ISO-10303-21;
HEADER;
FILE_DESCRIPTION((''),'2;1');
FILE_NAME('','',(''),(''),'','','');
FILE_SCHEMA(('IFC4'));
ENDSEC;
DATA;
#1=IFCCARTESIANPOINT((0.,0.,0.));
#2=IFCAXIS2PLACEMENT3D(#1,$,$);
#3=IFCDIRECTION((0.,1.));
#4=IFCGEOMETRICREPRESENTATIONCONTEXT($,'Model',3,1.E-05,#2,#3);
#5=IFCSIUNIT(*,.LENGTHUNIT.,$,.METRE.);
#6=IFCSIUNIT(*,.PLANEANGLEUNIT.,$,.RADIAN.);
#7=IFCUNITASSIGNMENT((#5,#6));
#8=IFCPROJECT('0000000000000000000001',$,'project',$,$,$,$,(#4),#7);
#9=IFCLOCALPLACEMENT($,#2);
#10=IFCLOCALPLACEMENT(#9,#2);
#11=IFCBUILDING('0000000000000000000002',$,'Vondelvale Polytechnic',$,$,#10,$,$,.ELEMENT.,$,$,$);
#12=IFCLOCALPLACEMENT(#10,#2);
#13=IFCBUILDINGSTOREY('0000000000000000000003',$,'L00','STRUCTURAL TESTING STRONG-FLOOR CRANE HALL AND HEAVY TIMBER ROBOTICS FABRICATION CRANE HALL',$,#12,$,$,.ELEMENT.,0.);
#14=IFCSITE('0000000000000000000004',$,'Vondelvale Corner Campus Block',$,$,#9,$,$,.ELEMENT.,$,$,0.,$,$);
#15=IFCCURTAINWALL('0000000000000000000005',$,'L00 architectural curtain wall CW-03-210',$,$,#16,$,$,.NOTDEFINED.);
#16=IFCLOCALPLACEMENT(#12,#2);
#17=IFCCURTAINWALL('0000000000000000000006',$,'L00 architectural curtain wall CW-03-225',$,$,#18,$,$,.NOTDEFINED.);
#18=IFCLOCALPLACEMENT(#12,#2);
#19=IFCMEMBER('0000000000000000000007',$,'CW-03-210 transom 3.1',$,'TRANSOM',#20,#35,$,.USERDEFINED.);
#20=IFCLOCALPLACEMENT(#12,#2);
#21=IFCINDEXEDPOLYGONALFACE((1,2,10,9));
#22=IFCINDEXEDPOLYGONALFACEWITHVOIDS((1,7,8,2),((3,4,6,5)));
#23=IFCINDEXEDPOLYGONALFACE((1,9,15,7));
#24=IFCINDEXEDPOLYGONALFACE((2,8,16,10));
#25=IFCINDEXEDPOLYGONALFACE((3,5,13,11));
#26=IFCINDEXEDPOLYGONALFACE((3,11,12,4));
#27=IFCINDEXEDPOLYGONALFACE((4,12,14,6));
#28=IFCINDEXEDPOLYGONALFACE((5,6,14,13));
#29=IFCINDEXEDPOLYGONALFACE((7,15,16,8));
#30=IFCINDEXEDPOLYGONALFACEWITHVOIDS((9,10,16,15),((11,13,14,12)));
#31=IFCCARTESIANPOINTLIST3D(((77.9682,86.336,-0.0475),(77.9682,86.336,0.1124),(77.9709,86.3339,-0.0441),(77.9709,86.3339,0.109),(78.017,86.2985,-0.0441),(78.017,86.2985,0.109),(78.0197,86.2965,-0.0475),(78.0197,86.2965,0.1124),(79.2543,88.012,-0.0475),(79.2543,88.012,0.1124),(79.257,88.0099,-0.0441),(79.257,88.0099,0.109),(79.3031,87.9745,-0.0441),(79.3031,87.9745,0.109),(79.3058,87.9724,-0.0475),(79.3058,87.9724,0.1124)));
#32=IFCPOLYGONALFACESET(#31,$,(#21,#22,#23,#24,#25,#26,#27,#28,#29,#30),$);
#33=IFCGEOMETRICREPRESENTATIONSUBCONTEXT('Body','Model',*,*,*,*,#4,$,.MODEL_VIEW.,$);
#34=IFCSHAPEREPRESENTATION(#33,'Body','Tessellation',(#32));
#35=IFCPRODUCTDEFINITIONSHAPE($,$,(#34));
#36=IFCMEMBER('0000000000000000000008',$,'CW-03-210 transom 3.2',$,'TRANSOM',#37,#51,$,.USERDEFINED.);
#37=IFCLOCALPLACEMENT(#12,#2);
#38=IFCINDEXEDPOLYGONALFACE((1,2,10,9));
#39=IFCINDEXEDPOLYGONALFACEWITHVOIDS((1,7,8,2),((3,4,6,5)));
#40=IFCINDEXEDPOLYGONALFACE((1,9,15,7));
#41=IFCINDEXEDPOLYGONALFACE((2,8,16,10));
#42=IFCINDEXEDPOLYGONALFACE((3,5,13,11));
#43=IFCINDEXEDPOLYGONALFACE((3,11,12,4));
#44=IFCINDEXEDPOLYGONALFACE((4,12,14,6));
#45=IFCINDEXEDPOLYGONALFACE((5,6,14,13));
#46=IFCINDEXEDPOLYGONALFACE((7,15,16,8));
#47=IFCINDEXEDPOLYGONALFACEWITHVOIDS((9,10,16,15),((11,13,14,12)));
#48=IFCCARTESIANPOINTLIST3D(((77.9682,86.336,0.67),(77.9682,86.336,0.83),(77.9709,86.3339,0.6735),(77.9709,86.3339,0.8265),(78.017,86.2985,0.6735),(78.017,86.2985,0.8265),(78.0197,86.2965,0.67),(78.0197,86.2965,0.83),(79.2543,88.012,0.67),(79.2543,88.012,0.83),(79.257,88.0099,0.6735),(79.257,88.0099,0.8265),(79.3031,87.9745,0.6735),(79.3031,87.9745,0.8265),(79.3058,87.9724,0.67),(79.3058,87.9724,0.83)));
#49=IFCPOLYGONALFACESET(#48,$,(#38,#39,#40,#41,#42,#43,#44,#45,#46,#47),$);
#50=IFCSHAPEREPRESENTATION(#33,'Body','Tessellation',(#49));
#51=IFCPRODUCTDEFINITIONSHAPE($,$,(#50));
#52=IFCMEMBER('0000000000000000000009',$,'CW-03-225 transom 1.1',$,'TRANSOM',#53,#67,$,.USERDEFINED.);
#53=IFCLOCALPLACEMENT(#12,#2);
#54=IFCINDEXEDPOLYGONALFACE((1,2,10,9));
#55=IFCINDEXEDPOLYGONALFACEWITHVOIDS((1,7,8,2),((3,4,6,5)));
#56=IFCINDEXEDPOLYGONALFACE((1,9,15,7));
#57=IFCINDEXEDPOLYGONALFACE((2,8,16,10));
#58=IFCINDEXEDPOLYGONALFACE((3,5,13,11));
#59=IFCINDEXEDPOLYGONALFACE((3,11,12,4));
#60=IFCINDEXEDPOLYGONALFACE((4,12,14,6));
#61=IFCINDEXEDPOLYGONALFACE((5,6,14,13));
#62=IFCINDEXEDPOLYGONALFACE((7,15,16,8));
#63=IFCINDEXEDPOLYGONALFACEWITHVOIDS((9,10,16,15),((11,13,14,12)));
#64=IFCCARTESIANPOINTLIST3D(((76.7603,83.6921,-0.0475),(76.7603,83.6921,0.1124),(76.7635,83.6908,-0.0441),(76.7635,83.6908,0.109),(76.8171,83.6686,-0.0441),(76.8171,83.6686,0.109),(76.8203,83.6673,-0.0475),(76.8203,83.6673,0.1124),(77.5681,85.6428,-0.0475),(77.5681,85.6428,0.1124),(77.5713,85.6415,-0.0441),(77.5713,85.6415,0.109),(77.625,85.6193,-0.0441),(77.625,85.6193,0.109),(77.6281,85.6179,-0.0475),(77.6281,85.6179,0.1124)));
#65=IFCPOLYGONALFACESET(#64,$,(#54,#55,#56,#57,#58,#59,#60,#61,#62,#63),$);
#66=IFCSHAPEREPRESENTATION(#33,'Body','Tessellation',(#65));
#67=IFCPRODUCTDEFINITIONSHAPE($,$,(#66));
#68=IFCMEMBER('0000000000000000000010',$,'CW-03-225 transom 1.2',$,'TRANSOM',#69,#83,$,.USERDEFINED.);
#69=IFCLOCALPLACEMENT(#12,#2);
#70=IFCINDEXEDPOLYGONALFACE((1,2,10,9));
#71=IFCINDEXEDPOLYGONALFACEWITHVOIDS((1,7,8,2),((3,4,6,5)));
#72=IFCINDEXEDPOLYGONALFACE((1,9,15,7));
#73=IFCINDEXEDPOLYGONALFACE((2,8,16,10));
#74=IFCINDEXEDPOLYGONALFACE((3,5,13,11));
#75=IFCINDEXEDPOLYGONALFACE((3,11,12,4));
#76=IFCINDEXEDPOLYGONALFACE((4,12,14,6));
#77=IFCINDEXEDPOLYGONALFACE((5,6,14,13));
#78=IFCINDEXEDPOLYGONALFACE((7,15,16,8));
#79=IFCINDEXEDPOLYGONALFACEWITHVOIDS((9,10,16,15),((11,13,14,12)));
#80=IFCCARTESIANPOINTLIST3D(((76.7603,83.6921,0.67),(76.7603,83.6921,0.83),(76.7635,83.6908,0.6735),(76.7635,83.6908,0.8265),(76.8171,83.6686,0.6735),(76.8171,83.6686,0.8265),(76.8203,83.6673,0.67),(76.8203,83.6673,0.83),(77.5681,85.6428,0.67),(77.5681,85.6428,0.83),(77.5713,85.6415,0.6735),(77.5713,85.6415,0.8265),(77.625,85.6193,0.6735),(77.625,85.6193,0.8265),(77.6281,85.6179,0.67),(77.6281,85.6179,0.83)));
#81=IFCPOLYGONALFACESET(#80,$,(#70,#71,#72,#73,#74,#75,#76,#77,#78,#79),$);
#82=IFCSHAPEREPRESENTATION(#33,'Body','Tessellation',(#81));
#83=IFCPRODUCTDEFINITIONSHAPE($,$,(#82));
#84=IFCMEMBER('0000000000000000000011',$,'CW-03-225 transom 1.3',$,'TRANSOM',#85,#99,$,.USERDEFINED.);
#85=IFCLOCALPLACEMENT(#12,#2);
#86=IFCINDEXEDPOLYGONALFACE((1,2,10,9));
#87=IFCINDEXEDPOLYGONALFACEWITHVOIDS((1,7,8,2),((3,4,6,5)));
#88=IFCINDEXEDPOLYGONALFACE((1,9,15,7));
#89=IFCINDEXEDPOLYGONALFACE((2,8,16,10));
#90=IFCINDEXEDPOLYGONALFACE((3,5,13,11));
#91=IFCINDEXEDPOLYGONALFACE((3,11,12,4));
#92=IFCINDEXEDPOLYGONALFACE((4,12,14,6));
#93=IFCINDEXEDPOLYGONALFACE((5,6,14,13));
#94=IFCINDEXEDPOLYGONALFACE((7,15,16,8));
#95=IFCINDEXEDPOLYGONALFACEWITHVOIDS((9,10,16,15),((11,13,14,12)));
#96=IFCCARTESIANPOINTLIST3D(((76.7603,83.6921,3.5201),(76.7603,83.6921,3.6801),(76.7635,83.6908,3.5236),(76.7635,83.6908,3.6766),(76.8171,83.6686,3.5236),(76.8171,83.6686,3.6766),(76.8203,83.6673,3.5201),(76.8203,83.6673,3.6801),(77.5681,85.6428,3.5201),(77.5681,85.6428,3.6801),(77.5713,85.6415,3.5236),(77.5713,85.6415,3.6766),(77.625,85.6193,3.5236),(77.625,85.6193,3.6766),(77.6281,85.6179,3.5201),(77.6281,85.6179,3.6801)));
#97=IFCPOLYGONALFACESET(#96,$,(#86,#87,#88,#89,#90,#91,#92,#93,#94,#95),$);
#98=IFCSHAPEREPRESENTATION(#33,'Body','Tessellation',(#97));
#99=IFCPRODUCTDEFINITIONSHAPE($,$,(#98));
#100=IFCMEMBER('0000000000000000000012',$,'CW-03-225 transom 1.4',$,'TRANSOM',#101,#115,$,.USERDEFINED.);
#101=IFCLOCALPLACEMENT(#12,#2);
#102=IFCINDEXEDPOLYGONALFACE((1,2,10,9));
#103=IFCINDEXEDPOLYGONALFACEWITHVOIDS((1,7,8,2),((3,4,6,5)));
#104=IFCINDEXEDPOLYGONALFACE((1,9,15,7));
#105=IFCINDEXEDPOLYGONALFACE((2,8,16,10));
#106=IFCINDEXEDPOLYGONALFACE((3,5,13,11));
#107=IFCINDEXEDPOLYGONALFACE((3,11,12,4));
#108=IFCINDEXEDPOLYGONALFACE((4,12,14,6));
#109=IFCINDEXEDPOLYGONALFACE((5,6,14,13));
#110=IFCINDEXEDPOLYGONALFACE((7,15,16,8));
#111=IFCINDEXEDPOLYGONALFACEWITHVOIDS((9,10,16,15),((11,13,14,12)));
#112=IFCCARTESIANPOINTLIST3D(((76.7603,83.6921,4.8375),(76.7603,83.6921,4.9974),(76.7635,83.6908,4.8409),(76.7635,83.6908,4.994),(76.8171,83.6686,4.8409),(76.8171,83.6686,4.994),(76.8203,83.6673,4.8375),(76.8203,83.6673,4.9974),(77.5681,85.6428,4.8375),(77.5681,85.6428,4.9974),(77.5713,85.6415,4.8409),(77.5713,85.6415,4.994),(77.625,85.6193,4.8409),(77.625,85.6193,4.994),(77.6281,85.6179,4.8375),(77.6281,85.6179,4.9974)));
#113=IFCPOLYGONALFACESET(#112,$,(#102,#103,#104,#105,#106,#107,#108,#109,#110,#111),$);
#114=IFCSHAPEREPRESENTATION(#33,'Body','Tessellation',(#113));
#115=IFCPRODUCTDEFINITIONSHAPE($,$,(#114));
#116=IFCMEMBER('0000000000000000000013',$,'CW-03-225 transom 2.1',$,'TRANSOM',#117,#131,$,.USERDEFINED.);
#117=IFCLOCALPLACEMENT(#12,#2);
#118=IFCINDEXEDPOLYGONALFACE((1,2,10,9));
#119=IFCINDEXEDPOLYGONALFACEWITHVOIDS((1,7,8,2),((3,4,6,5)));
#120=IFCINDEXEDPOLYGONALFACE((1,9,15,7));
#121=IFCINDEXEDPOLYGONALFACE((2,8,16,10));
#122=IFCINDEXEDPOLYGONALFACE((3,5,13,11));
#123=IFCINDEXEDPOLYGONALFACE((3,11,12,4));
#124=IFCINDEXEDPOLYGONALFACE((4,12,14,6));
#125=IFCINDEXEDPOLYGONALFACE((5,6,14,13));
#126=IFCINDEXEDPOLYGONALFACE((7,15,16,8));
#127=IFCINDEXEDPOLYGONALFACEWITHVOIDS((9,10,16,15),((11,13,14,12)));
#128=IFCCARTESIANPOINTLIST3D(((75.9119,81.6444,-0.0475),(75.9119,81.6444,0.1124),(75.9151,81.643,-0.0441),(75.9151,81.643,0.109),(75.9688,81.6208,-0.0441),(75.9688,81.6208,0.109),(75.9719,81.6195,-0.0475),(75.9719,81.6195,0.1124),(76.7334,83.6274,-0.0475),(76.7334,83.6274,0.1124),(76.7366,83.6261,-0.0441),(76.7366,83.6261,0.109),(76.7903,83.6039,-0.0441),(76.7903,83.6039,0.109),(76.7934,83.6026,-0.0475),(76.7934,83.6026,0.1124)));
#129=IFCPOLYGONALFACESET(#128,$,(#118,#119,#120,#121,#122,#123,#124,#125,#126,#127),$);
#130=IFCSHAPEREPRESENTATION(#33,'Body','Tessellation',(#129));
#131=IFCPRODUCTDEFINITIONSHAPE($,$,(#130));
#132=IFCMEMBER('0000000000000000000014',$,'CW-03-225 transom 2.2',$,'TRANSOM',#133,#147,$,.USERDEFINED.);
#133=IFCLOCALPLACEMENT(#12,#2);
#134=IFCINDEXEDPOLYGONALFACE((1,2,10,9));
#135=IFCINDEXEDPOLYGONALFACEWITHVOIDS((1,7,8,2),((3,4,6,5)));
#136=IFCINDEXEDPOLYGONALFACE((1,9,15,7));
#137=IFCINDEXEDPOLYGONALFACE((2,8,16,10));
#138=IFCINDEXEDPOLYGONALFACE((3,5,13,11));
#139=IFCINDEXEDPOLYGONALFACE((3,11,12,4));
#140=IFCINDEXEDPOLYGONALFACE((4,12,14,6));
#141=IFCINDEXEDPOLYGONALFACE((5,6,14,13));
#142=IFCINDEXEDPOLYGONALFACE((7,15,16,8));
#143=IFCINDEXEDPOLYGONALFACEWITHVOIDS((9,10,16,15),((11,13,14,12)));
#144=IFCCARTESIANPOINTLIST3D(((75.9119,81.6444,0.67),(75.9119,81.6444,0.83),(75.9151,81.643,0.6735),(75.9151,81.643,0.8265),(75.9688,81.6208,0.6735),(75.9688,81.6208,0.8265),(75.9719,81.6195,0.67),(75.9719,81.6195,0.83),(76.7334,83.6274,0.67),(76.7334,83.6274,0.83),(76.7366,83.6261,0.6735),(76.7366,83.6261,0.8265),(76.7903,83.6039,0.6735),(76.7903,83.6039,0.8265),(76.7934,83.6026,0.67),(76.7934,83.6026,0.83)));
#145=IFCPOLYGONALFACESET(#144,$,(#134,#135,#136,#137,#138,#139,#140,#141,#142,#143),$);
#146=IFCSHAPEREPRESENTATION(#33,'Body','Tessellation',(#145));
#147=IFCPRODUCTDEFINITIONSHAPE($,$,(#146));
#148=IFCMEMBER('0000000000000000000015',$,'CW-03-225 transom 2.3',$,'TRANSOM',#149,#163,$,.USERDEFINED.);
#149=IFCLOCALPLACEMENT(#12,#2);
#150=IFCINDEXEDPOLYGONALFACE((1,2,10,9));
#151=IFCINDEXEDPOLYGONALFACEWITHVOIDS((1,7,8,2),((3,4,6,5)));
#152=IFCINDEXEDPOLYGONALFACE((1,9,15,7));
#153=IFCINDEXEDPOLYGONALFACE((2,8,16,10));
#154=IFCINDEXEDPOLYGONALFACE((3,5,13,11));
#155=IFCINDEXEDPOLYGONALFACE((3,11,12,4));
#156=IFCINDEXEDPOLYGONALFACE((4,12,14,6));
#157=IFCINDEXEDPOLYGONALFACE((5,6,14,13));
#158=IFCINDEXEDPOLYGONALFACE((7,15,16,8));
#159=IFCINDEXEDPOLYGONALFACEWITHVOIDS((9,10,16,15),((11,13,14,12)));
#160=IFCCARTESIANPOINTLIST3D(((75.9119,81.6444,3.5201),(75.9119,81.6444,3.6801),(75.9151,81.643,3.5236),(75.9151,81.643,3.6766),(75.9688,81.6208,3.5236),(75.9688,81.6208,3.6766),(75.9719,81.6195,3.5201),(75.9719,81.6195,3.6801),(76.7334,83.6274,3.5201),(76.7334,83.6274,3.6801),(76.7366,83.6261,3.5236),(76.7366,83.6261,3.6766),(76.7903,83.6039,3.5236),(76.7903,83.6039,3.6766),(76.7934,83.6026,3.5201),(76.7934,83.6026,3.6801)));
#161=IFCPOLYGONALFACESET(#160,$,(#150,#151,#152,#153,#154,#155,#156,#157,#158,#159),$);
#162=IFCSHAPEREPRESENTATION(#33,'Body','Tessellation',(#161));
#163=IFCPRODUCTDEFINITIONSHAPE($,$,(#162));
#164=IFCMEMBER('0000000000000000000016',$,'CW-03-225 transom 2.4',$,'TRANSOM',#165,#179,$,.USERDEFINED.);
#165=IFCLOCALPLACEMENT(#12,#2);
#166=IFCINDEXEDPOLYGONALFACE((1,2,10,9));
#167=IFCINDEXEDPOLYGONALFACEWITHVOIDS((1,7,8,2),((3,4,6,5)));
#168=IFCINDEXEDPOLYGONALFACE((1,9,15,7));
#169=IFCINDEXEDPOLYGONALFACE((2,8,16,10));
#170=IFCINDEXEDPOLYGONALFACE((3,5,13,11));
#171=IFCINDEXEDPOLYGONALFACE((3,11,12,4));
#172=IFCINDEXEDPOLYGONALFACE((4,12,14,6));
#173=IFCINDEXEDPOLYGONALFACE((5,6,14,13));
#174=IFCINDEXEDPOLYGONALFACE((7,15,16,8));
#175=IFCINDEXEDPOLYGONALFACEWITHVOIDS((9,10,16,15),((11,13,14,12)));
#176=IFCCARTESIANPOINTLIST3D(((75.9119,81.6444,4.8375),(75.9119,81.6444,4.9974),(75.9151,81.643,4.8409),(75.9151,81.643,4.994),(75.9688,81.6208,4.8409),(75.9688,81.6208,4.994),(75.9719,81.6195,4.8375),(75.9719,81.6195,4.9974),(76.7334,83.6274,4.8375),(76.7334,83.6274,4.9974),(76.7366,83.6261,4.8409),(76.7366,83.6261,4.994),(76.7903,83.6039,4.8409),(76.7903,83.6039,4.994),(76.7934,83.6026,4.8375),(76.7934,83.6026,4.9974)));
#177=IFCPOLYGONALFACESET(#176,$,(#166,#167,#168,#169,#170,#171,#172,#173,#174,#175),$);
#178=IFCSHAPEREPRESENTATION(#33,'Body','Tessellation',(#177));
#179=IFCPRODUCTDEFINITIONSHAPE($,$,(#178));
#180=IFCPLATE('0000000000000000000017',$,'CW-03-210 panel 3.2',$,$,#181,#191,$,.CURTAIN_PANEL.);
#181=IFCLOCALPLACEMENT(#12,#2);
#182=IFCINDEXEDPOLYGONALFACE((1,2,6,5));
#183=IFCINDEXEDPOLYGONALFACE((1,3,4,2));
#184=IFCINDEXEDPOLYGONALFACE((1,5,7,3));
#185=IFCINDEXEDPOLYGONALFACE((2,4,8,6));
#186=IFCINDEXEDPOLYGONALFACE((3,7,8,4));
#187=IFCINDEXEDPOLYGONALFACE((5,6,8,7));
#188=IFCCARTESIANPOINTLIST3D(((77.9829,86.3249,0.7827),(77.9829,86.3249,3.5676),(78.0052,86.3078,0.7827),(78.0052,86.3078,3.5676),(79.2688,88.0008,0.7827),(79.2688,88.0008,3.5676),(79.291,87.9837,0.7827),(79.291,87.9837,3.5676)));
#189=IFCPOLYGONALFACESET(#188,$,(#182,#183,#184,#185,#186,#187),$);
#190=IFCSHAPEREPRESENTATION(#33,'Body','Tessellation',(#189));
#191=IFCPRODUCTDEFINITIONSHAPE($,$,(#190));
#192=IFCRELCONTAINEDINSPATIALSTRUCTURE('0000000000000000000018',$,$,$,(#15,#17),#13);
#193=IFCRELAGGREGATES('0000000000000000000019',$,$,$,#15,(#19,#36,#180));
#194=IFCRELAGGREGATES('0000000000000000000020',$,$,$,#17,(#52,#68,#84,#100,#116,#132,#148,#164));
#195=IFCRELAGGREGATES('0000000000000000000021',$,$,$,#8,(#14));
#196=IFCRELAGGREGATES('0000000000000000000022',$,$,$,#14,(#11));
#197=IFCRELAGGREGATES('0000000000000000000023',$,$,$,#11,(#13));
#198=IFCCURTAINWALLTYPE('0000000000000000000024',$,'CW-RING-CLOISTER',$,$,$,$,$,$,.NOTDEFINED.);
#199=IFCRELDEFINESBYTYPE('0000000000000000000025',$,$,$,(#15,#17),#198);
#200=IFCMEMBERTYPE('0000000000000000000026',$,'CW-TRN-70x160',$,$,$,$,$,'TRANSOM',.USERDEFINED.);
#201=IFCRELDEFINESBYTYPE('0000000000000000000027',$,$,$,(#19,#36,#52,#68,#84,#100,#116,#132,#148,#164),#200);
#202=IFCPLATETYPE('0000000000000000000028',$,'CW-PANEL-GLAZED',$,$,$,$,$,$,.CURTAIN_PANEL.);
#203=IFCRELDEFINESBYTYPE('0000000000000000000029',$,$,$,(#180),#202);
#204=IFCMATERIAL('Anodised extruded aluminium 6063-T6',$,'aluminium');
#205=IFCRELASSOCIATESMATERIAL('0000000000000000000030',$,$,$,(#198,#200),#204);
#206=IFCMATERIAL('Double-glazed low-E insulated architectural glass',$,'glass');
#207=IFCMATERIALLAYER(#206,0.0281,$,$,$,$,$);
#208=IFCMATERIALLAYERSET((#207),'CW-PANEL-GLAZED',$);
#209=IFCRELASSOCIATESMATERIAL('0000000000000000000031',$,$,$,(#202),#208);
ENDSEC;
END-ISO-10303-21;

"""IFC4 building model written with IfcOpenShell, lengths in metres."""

from ifc_helpers import new_model, si_unit, direction, frame, origin, origin_2d, place, context, subcontext, project, spatial, rectangle, hollow_rectangle, extrude, material, layer, layer_set, material_profile, profile_set, type_object, element, aggregate, save


model = new_model("IFC4")

# Units and contexts
model_context = context("Model", 3, precision=1e-05, world=origin(), true_north=direction((0.0, 1.0)))
body_context = subcontext(model_context, "Body", "Model", "MODEL_VIEW")
ifc_project = project(units=[si_unit("LENGTHUNIT", "METRE"), si_unit("PLANEANGLEUNIT", "RADIAN")], contexts=[model_context])

# Site, building, storey
site_placement = place(None, origin())
site = spatial("IfcSite", under=ifc_project, at=site_placement, Name="Vondelvale Corner Campus Block", CompositionType="ELEMENT", RefElevation=0.0)
building_placement = place(site_placement, origin())
building = spatial("IfcBuilding", under=site, at=building_placement, Name="Vondelvale Polytechnic", CompositionType="ELEMENT")
storey_placement = place(building_placement, origin())
storey = spatial("IfcBuildingStorey", under=building, at=storey_placement, Name="L00", Description="STRUCTURAL TESTING STRONG-FLOOR CRANE HALL AND HEAVY TIMBER ROBOTICS FABRICATION CRANE HALL", CompositionType="ELEMENT", Elevation=0.0)

# Curtain wall
ifc_material_1 = material(Name="Anodised extruded aluminium 6063-T6", Category="aluminium")
curtain_wall_type = type_object("IfcCurtainWallType", Name="CW-RING-CLOISTER", PredefinedType="NOTDEFINED", material=ifc_material_1)
curtain_wall_1_placement = place(storey_placement, origin())
curtain_wall_1 = element("IfcCurtainWall", 1, at=curtain_wall_1_placement, inside=storey, type_object=curtain_wall_type, Name="L00 architectural curtain wall CW-03-210", PredefinedType="NOTDEFINED")

# Curtain wall
curtain_wall_2_placement = place(storey_placement, origin())
curtain_wall_2 = element("IfcCurtainWall", 2, at=curtain_wall_2_placement, inside=storey, type_object=curtain_wall_type, Name="L00 architectural curtain wall CW-03-225", PredefinedType="NOTDEFINED")

# Members
ifc_material_profile_1 = material_profile(ifc_material_1, hollow_rectangle(XDim=0.0649, YDim=0.1599, WallThickness=0.0034, at=origin_2d()), Name="CW-TRN-160x65")
ifc_profile_set_1 = profile_set([ifc_material_profile_1], Name="Anodised extruded aluminium 6063-T6")
member_type_1 = type_object("IfcMemberType", Name="CW-TRN-70x160", ElementType="TRANSOM", PredefinedType="USERDEFINED", material=ifc_profile_set_1)
member_1_placement = place(storey_placement, frame((79.28, 87.9922, 0.0325), z_axis=(-0.608783, -0.793337, 0.0), x_axis=(0.793337, -0.608783, 0.0)))
member_1 = element("IfcMember", 3, at=member_1_placement, type_object=member_type_1, Name="CW-03-210 transom 3.1", ObjectType="TRANSOM", PredefinedType="USERDEFINED", context=body_context, shape_type="SweptSolid", body=[
    extrude(hollow_rectangle(XDim=0.0649, YDim=0.1599, WallThickness=0.0034, at=origin_2d()), origin(), (0.0, 0.0, 1.0), 2.1125),
])
member_2_placement = place(storey_placement, frame((79.28, 87.9922, 0.75), z_axis=(-0.608783, -0.793337, 0.0), x_axis=(0.793337, -0.608783, 0.0)))
member_2 = element("IfcMember", 4, at=member_2_placement, type_object=member_type_1, Name="CW-03-210 transom 3.2", ObjectType="TRANSOM", PredefinedType="USERDEFINED", context=body_context, shape_type="SweptSolid", body=[
    extrude(hollow_rectangle(XDim=0.0649, YDim=0.1599, WallThickness=0.0034, at=origin_2d()), origin(), (0.0, 0.0, 1.0), 2.1125),
])
member_3_placement = place(storey_placement, frame((77.5981, 85.6304, 0.0325), z_axis=(-0.382628, -0.923903, 0.0), x_axis=(0.923903, -0.382628, 0.0)))
member_3 = element("IfcMember", 5, at=member_3_placement, type_object=member_type_1, Name="CW-03-225 transom 1.1", ObjectType="TRANSOM", PredefinedType="USERDEFINED", context=body_context, shape_type="SweptSolid", body=[
    extrude(hollow_rectangle(XDim=0.0649, YDim=0.1599, WallThickness=0.0034, at=origin_2d()), origin(), (0.0, 0.0, 1.0), 2.1113),
])
member_4_placement = place(storey_placement, frame((77.5981, 85.6304, 0.75), z_axis=(-0.382628, -0.923903, 0.0), x_axis=(0.923903, -0.382628, 0.0)))
member_4 = element("IfcMember", 6, at=member_4_placement, type_object=member_type_1, Name="CW-03-225 transom 1.2", ObjectType="TRANSOM", PredefinedType="USERDEFINED", context=body_context, shape_type="SweptSolid", body=[
    extrude(hollow_rectangle(XDim=0.0649, YDim=0.1599, WallThickness=0.0034, at=origin_2d()), origin(), (0.0, 0.0, 1.0), 2.1113),
])
member_5_placement = place(storey_placement, frame((77.5981, 85.6304, 3.6001), z_axis=(-0.382628, -0.923903, 0.0), x_axis=(0.923903, -0.382628, 0.0)))
member_5 = element("IfcMember", 7, at=member_5_placement, type_object=member_type_1, Name="CW-03-225 transom 1.3", ObjectType="TRANSOM", PredefinedType="USERDEFINED", context=body_context, shape_type="SweptSolid", body=[
    extrude(hollow_rectangle(XDim=0.0649, YDim=0.1599, WallThickness=0.0034, at=origin_2d()), origin(), (0.0, 0.0, 1.0), 2.1113),
])
member_6_placement = place(storey_placement, frame((77.5981, 85.6304, 4.9175), z_axis=(-0.382628, -0.923903, 0.0), x_axis=(0.923903, -0.382628, 0.0)))
member_6 = element("IfcMember", 8, at=member_6_placement, type_object=member_type_1, Name="CW-03-225 transom 1.4", ObjectType="TRANSOM", PredefinedType="USERDEFINED", context=body_context, shape_type="SweptSolid", body=[
    extrude(hollow_rectangle(XDim=0.0649, YDim=0.1599, WallThickness=0.0034, at=origin_2d()), origin(), (0.0, 0.0, 1.0), 2.1113),
])
member_7_placement = place(storey_placement, frame((76.7634, 83.615, 0.0325), z_axis=(-0.382717, -0.923866, 0.0), x_axis=(0.923866, -0.382717, 0.0)))
member_7 = element("IfcMember", 9, at=member_7_placement, type_object=member_type_1, Name="CW-03-225 transom 2.1", ObjectType="TRANSOM", PredefinedType="USERDEFINED", context=body_context, shape_type="SweptSolid", body=[
    extrude(hollow_rectangle(XDim=0.0649, YDim=0.1599, WallThickness=0.0034, at=origin_2d()), origin(), (0.0, 0.0, 1.0), 2.1465),
])
member_8_placement = place(storey_placement, frame((76.7634, 83.615, 0.75), z_axis=(-0.382717, -0.923866, 0.0), x_axis=(0.923866, -0.382717, 0.0)))
member_8 = element("IfcMember", 10, at=member_8_placement, type_object=member_type_1, Name="CW-03-225 transom 2.2", ObjectType="TRANSOM", PredefinedType="USERDEFINED", context=body_context, shape_type="SweptSolid", body=[
    extrude(hollow_rectangle(XDim=0.0649, YDim=0.1599, WallThickness=0.0034, at=origin_2d()), origin(), (0.0, 0.0, 1.0), 2.1465),
])
member_9_placement = place(storey_placement, frame((76.7634, 83.615, 3.6001), z_axis=(-0.382717, -0.923866, 0.0), x_axis=(0.923866, -0.382717, 0.0)))
member_9 = element("IfcMember", 11, at=member_9_placement, type_object=member_type_1, Name="CW-03-225 transom 2.3", ObjectType="TRANSOM", PredefinedType="USERDEFINED", context=body_context, shape_type="SweptSolid", body=[
    extrude(hollow_rectangle(XDim=0.0649, YDim=0.1599, WallThickness=0.0034, at=origin_2d()), origin(), (0.0, 0.0, 1.0), 2.1465),
])
member_10_placement = place(storey_placement, frame((76.7634, 83.615, 4.9175), z_axis=(-0.382717, -0.923866, 0.0), x_axis=(0.923866, -0.382717, 0.0)))
member_10 = element("IfcMember", 12, at=member_10_placement, type_object=member_type_1, Name="CW-03-225 transom 2.4", ObjectType="TRANSOM", PredefinedType="USERDEFINED", context=body_context, shape_type="SweptSolid", body=[
    extrude(hollow_rectangle(XDim=0.0649, YDim=0.1599, WallThickness=0.0034, at=origin_2d()), origin(), (0.0, 0.0, 1.0), 2.1465),
])

# Plate
ifc_material_2 = material(Name="Double-glazed low-E insulated architectural glass", Category="glass")
ifc_layer_1 = layer(ifc_material_2, 0.0281)
ifc_layer_set_1 = layer_set([ifc_layer_1], Name="CW-PANEL-GLAZED")
plate_type_1 = type_object("IfcPlateType", Name="CW-PANEL-GLAZED", PredefinedType="CURTAIN_PANEL", material=ifc_layer_set_1)
plate_1_placement = place(storey_placement, frame((78.637, 87.1543, 0.7827), z_axis=(0.0, 0.0, 1.0), x_axis=(-0.608748, -0.793364, 0.0)))
plate_1 = element("IfcPlate", 13, at=plate_1_placement, type_object=plate_type_1, Name="CW-03-210 panel 3.2", PredefinedType="CURTAIN_PANEL", context=body_context, shape_type="SweptSolid", body=[
    extrude(rectangle(XDim=2.1123, YDim=0.0281, at=origin_2d()), origin(), (0.0, 0.0, 1.0), 2.7849),
])
aggregate(curtain_wall_1, [member_1, member_2, plate_1])
aggregate(curtain_wall_2, [member_3, member_4, member_5, member_6, member_7, member_8, member_9, member_10])

save(model, "model.ifc")
